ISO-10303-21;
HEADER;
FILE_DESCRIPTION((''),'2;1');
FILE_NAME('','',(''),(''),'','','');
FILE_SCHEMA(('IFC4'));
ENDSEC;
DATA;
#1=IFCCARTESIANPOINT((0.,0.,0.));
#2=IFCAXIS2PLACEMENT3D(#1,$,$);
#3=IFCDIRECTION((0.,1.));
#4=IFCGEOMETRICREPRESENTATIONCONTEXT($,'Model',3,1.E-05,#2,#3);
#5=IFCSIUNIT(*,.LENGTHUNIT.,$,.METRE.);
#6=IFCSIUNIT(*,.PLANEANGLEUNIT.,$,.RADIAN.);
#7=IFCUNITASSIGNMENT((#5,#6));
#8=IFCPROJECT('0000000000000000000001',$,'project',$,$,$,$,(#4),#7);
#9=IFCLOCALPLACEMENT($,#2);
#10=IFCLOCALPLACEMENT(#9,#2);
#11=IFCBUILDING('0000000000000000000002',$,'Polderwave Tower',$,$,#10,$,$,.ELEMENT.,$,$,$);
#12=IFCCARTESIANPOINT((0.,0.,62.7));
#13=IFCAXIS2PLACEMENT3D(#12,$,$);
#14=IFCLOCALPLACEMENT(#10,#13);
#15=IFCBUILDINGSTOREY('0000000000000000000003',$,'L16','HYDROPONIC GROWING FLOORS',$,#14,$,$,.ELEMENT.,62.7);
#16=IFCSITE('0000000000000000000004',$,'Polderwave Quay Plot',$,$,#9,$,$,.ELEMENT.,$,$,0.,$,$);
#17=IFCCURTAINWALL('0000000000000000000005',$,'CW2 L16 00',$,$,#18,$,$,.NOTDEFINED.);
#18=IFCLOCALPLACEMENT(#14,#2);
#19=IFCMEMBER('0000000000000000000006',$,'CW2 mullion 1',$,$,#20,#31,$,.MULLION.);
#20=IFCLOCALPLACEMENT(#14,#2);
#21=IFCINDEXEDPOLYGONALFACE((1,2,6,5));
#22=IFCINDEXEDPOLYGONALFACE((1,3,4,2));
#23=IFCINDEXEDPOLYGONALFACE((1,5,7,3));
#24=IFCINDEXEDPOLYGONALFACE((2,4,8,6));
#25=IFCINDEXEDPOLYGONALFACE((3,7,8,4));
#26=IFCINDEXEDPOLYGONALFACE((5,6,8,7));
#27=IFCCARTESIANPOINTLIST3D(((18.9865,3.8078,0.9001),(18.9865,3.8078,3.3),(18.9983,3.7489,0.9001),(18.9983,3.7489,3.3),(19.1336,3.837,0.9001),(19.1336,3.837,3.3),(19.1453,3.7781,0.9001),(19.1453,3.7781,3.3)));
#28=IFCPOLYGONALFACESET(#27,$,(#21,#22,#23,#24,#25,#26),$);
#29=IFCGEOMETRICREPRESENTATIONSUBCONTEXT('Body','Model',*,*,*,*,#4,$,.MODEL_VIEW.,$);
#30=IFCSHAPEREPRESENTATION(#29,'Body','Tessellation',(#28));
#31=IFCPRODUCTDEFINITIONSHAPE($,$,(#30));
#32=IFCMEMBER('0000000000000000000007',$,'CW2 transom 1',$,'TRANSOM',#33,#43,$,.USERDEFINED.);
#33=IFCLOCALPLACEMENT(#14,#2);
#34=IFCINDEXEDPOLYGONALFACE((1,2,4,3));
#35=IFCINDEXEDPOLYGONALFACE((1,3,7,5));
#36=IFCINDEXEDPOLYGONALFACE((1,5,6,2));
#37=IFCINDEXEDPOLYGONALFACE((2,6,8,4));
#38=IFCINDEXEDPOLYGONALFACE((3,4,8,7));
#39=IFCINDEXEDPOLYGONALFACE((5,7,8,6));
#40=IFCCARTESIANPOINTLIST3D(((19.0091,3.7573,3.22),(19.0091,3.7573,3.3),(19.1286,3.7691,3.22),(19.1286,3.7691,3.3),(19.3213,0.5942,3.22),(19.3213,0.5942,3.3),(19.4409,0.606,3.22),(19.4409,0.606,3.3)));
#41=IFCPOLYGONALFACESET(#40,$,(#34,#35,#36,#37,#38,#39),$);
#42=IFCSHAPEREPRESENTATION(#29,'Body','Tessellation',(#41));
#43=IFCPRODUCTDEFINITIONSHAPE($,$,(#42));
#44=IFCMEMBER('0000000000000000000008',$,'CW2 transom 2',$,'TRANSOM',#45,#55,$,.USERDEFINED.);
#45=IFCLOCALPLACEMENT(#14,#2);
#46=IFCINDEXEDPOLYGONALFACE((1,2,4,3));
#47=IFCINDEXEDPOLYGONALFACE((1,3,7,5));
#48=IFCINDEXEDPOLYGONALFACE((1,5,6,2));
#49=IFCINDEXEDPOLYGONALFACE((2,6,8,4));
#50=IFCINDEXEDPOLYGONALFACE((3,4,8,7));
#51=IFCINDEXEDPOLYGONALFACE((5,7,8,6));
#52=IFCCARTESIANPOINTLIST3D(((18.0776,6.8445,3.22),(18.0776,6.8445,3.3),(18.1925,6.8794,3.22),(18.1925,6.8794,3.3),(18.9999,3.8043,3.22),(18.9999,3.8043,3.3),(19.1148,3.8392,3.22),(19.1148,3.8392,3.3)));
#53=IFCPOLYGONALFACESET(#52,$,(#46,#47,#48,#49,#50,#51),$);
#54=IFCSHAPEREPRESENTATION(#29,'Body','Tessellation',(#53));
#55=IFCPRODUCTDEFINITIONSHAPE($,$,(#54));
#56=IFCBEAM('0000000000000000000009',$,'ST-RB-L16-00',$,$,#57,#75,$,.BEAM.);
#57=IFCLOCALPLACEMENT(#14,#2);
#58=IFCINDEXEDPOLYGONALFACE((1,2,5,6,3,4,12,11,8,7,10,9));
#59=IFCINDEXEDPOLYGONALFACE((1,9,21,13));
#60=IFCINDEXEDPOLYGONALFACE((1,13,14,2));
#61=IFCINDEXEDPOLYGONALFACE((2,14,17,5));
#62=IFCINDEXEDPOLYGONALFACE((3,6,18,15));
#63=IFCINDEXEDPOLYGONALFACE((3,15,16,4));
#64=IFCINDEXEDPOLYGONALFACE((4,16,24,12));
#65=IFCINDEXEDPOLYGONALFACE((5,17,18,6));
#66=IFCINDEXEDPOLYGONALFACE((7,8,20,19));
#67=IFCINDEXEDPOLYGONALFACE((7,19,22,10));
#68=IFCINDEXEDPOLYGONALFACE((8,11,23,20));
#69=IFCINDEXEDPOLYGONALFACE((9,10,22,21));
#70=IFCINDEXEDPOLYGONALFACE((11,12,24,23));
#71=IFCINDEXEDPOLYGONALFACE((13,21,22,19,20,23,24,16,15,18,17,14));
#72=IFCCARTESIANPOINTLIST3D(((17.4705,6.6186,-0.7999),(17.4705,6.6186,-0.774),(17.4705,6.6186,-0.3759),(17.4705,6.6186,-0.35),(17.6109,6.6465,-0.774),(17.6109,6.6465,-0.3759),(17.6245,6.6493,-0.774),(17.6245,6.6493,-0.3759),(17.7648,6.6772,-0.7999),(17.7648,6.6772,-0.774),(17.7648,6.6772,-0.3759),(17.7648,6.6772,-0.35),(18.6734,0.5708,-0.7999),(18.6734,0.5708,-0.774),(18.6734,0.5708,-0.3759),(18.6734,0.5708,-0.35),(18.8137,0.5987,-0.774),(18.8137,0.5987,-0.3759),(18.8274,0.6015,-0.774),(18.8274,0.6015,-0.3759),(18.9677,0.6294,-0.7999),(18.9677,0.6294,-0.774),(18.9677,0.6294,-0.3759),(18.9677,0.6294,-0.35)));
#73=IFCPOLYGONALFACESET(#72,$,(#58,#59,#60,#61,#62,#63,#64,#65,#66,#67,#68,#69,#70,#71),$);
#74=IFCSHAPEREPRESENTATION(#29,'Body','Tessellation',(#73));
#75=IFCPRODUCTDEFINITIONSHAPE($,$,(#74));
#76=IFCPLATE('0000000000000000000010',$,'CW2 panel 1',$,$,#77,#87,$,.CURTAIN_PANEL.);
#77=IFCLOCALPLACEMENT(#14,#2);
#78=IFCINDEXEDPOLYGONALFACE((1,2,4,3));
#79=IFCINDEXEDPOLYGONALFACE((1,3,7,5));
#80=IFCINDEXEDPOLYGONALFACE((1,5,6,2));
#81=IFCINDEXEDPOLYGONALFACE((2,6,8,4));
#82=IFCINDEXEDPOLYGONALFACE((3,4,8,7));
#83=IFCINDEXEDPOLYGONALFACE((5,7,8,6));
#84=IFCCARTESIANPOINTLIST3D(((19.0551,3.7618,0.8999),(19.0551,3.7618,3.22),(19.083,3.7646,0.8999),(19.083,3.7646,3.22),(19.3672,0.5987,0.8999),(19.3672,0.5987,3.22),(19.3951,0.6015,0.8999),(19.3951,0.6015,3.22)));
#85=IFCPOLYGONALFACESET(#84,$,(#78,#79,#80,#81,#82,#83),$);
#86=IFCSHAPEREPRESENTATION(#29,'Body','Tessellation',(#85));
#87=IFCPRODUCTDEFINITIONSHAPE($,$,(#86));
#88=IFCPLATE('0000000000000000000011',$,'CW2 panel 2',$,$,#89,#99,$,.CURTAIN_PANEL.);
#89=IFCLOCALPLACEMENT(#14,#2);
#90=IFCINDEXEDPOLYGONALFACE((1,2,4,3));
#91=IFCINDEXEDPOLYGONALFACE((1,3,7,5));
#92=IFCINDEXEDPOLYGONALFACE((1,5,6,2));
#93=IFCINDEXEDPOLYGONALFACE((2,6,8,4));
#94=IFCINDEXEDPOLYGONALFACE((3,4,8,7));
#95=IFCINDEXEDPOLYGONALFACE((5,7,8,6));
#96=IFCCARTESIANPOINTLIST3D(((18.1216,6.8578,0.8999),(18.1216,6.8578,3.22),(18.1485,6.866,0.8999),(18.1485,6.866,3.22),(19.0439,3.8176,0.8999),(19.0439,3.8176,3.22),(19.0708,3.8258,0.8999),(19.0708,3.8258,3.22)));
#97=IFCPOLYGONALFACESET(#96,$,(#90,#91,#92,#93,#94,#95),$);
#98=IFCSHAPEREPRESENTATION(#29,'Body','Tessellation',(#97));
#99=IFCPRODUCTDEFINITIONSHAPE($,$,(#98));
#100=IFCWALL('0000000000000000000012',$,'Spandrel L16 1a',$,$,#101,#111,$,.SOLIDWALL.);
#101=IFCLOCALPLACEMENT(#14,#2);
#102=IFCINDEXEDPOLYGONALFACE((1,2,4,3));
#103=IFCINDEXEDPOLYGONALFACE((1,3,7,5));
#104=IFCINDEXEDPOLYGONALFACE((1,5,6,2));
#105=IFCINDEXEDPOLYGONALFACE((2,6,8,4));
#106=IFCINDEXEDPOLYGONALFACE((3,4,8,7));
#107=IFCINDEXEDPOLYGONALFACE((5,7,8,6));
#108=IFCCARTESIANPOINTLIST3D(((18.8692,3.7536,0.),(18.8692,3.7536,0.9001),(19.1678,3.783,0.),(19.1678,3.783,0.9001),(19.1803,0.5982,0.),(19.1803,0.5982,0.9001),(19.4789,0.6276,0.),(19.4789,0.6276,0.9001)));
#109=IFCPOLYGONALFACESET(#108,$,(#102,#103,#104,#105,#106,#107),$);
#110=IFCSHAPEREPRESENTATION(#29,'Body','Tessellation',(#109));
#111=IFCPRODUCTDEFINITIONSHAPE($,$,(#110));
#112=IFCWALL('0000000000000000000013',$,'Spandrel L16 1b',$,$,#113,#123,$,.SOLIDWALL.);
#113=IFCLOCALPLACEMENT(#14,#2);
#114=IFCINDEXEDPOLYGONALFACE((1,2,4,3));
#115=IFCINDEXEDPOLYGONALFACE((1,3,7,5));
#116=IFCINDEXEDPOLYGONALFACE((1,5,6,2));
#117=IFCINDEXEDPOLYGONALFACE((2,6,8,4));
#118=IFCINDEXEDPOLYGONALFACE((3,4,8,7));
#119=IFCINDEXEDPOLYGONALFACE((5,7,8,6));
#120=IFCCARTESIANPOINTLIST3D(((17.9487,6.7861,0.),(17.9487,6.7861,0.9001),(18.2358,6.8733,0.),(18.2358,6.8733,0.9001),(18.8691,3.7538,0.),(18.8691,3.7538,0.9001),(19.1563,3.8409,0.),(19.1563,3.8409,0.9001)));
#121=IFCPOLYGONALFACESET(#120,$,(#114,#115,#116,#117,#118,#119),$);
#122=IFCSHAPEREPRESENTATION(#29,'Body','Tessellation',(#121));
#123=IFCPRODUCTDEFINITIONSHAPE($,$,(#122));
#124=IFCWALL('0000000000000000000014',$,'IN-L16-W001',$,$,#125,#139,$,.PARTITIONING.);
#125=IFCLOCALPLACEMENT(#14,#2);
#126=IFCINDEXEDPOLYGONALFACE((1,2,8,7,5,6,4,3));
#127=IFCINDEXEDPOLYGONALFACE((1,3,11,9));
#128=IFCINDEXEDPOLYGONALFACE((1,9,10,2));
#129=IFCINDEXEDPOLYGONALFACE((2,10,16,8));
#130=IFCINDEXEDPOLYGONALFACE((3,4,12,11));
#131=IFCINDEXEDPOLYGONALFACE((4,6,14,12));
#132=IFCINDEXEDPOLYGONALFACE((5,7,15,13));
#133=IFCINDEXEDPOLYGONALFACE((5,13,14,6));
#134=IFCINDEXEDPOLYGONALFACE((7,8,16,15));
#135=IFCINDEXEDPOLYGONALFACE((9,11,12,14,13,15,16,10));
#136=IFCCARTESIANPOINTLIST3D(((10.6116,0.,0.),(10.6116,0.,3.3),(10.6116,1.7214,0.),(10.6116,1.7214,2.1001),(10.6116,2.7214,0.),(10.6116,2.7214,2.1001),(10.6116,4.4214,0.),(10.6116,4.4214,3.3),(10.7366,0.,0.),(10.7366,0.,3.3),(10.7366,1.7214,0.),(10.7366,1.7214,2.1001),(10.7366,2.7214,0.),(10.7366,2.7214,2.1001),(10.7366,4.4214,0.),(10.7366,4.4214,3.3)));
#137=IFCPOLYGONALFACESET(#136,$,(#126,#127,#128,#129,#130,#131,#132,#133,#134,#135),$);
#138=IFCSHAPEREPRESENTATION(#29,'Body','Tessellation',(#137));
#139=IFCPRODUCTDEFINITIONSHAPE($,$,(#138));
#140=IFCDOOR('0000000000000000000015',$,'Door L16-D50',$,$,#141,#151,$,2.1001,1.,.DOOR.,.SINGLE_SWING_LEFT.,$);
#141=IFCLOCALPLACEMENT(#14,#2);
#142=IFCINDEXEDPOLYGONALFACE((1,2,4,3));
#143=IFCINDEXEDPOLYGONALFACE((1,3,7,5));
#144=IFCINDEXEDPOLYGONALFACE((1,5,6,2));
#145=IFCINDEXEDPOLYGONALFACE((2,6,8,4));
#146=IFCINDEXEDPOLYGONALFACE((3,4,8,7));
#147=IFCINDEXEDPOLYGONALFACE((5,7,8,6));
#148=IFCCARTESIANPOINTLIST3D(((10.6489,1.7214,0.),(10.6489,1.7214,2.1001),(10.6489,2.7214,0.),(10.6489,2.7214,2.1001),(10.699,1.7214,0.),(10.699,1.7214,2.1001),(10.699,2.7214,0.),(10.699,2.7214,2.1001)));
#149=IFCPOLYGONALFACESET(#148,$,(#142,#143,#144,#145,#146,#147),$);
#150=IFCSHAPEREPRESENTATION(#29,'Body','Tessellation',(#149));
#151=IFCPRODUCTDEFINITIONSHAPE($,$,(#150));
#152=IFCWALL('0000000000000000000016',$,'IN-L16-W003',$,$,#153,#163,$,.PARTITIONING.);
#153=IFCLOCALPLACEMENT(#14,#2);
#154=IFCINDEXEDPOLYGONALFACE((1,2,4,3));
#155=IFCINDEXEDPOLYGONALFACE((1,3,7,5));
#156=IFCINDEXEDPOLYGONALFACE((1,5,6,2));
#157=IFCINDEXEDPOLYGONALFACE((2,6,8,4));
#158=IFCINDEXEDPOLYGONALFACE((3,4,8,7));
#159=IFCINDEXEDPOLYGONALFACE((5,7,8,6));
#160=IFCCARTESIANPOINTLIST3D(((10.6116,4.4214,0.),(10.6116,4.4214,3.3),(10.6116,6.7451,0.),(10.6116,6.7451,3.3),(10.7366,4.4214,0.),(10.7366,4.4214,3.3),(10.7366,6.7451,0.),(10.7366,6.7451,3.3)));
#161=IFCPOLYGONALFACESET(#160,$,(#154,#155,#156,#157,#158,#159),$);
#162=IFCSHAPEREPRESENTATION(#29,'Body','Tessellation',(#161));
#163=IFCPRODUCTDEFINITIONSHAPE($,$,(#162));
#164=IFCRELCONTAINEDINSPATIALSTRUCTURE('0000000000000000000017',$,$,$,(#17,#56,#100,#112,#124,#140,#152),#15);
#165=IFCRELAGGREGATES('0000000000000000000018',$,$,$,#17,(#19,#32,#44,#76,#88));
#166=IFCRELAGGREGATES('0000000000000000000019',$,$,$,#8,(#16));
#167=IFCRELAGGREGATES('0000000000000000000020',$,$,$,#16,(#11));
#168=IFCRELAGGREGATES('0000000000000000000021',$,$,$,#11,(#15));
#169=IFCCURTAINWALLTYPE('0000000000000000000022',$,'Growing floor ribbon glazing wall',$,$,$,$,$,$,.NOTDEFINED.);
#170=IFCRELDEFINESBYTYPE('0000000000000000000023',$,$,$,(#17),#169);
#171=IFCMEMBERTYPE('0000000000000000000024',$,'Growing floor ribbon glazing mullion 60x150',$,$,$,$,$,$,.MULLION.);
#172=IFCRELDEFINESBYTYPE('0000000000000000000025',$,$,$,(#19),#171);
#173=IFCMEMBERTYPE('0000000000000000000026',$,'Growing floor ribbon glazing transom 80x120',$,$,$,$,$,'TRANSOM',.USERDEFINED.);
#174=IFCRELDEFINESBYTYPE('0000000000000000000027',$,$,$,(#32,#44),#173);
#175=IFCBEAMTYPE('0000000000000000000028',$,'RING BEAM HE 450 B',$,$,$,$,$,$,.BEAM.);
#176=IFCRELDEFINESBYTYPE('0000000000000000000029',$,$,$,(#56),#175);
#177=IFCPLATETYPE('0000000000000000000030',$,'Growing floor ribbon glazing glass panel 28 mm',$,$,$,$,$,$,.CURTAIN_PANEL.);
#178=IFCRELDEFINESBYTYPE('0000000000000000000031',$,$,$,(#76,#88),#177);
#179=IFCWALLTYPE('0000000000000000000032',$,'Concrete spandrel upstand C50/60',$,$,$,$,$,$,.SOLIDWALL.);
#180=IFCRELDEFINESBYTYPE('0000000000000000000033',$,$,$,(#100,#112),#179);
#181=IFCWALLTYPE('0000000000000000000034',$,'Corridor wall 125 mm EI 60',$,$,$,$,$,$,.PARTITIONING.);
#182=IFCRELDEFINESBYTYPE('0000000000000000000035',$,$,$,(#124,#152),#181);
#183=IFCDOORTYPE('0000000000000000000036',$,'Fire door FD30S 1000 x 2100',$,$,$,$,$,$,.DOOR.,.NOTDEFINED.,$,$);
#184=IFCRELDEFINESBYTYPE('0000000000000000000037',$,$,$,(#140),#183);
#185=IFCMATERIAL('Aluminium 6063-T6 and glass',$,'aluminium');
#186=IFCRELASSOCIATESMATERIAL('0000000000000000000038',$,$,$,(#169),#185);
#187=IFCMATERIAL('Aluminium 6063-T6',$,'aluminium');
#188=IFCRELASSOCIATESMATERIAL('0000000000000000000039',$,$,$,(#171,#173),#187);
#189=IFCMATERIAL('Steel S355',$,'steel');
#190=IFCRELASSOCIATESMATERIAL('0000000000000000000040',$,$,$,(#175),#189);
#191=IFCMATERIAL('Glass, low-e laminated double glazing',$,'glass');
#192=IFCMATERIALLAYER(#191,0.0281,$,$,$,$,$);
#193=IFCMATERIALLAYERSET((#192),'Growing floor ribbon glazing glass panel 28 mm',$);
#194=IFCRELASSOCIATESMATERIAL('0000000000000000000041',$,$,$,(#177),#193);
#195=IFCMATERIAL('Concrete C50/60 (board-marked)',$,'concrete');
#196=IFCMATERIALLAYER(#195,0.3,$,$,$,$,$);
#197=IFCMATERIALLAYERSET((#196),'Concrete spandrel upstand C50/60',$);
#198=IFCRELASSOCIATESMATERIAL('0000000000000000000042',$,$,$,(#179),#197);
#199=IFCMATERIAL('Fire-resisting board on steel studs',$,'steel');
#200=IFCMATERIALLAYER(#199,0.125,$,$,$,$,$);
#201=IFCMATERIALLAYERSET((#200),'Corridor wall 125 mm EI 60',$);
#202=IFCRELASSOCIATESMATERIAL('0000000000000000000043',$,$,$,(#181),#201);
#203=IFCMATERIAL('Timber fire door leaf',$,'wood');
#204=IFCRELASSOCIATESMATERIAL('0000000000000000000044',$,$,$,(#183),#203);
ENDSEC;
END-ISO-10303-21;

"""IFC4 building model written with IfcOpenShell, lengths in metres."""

from ifc_helpers import new_model, si_unit, direction, frame, frame_2d, origin, origin_2d, place, context, subcontext, project, spatial, rectangle, i_section, extrude, material, layer, layer_set, material_profile, profile_set, type_object, element, fill, aggregate, save


model = new_model("IFC4")

# Units and contexts
model_context = context("Model", 3, precision=1e-05, world=origin(), true_north=direction((0.0, 1.0)))
body_context = subcontext(model_context, "Body", "Model", "MODEL_VIEW")
ifc_project = project(units=[si_unit("LENGTHUNIT", "METRE"), si_unit("PLANEANGLEUNIT", "RADIAN")], contexts=[model_context])

# Site, building, storey
site_placement = place(None, origin())
site = spatial("IfcSite", under=ifc_project, at=site_placement, Name="Polderwave Quay Plot", CompositionType="ELEMENT", RefElevation=0.0)
building_placement = place(site_placement, origin())
building = spatial("IfcBuilding", under=site, at=building_placement, Name="Polderwave Tower", CompositionType="ELEMENT")
storey_placement = place(building_placement, frame((0.0, 0.0, 62.7)))
storey = spatial("IfcBuildingStorey", under=building, at=storey_placement, Name="L16", Description="HYDROPONIC GROWING FLOORS", CompositionType="ELEMENT", Elevation=62.7)

# Curtain wall, members
ifc_material_1 = material(Name="Aluminium 6063-T6 and glass", Category="aluminium")
curtain_wall_type = type_object("IfcCurtainWallType", Name="Growing floor ribbon glazing wall", PredefinedType="NOTDEFINED", material=ifc_material_1)
curtain_wall_placement = place(storey_placement, origin())
curtain_wall = element("IfcCurtainWall", 1, at=curtain_wall_placement, inside=storey, type_object=curtain_wall_type, Name="CW2 L16 00", PredefinedType="NOTDEFINED")
ifc_material_2 = material(Name="Aluminium 6063-T6", Category="aluminium")
ifc_material_profile_1 = material_profile(ifc_material_2, rectangle(XDim=0.1499, YDim=0.0601, at=origin_2d()), Name="AL 60x150")
ifc_profile_set_1 = profile_set([ifc_material_profile_1], Name="Aluminium 6063-T6")
member_type_1 = type_object("IfcMemberType", Name="Growing floor ribbon glazing mullion 60x150", PredefinedType="MULLION", material=ifc_profile_set_1)
member_1_placement = place(storey_placement, frame((19.0659, 3.793, 0.9001), z_axis=(0.0, 0.0, 1.0), x_axis=(-0.980769, -0.195172, 0.0)))
member_1 = element("IfcMember", 2, at=member_1_placement, type_object=member_type_1, Name="CW2 mullion 1", PredefinedType="MULLION", context=body_context, shape_type="SweptSolid", body=[
    extrude(rectangle(XDim=0.1499, YDim=0.0601, at=origin_2d()), origin(), (0.0, 0.0, 1.0), 2.3999),
])
ifc_material_profile_2 = material_profile(ifc_material_2, rectangle(XDim=0.1201, YDim=0.0801, at=origin_2d()), Name="AL 80x120")
ifc_profile_set_2 = profile_set([ifc_material_profile_2], Name="Aluminium 6063-T6")
member_type_2 = type_object("IfcMemberType", Name="Growing floor ribbon glazing transom 80x120", ElementType="TRANSOM", PredefinedType="USERDEFINED", material=ifc_profile_set_2)
member_2_placement = place(storey_placement, frame((19.3811, 0.6001, 3.26), z_axis=(-0.098241, 0.995163, 0.0), x_axis=(-0.995163, -0.098241, 0.0)))
member_2 = element("IfcMember", 3, at=member_2_placement, type_object=member_type_2, Name="CW2 transom 1", ObjectType="TRANSOM", PredefinedType="USERDEFINED", context=body_context, shape_type="SweptSolid", body=[
    extrude(rectangle(XDim=0.1201, YDim=0.0801, at=origin_2d()), origin(), (0.0, 0.0, 1.0), 3.1785),
])
member_3_placement = place(storey_placement, frame((19.0574, 3.8218, 3.26), z_axis=(-0.290314, 0.956931, 0.0), x_axis=(-0.956931, -0.290314, 0.0)))
member_3 = element("IfcMember", 4, at=member_3_placement, type_object=member_type_2, Name="CW2 transom 2", ObjectType="TRANSOM", PredefinedType="USERDEFINED", context=body_context, shape_type="SweptSolid", body=[
    extrude(rectangle(XDim=0.1201, YDim=0.0801, at=origin_2d()), origin(), (0.0, 0.0, 1.0), 3.177),
])

# Beam
ifc_material_3 = material(Name="Steel S355", Category="steel")
ifc_material_profile_3 = material_profile(ifc_material_3, i_section(OverallWidth=0.3, OverallDepth=0.45, WebThickness=0.0139, FlangeThickness=0.0259, at=origin_2d()), Name="HE 450 B")
ifc_profile_set_3 = profile_set([ifc_material_profile_3], Name="Steel S355")
beam_type = type_object("IfcBeamType", Name="RING BEAM HE 450 B", PredefinedType="BEAM", material=ifc_profile_set_3)
beam_placement = place(storey_placement, frame((18.8206, 0.6001, -0.575), z_axis=(-0.195073, 0.980789, 0.0), x_axis=(-0.980789, -0.195073, 0.0)))
element("IfcBeam", 5, at=beam_placement, inside=storey, type_object=beam_type, Name="ST-RB-L16-00", PredefinedType="BEAM", context=body_context, shape_type="SweptSolid", body=[
    extrude(i_section(OverallWidth=0.3, OverallDepth=0.45, WebThickness=0.0139, FlangeThickness=0.0259, at=origin_2d()), origin(), (0.0, 0.0, 1.0), 6.1663),
])

# Plates
ifc_material_4 = material(Name="Glass, low-e laminated double glazing", Category="glass")
ifc_layer_1 = layer(ifc_material_4, 0.0281)
ifc_layer_set_1 = layer_set([ifc_layer_1], Name="Growing floor ribbon glazing glass panel 28 mm")
plate_type = type_object("IfcPlateType", Name="Growing floor ribbon glazing glass panel 28 mm", PredefinedType="CURTAIN_PANEL", material=ifc_layer_set_1)
plate_1_placement = place(storey_placement, frame((19.2251, 2.1816, 0.8999), z_axis=(0.0, 0.0, 1.0), x_axis=(-0.098177, 0.995169, 0.0)))
plate_1 = element("IfcPlate", 6, at=plate_1_placement, type_object=plate_type, Name="CW2 panel 1", PredefinedType="CURTAIN_PANEL", context=body_context, shape_type="SweptSolid", body=[
    extrude(rectangle(XDim=3.1785, YDim=0.0281, at=origin_2d()), origin(), (0.0, 0.0, 1.0), 2.3201),
])
plate_2_placement = place(storey_placement, frame((18.5962, 5.3418, 0.8999), z_axis=(0.0, 0.0, 1.0), x_axis=(-0.290293, 0.956938, 0.0)))
plate_2 = element("IfcPlate", 7, at=plate_2_placement, type_object=plate_type, Name="CW2 panel 2", PredefinedType="CURTAIN_PANEL", context=body_context, shape_type="SweptSolid", body=[
    extrude(rectangle(XDim=3.177, YDim=0.0281, at=origin_2d()), origin(), (0.0, 0.0, 1.0), 2.3201),
])
aggregate(curtain_wall, [member_1, member_2, member_3, plate_1, plate_2])

# Walls
ifc_material_5 = material(Name="Concrete C50/60 (board-marked)", Category="concrete")
ifc_layer_2 = layer(ifc_material_5, 0.3)
ifc_layer_set_2 = layer_set([ifc_layer_2], Name="Concrete spandrel upstand C50/60")
wall_type_1 = type_object("IfcWallType", Name="Concrete spandrel upstand C50/60", PredefinedType="SOLIDWALL", material=ifc_layer_set_2)
wall_1_placement = place(storey_placement, frame((19.3296, 0.6128, 0.0), z_axis=(0.0, 0.0, 1.0), x_axis=(-0.098101, 0.995176, 0.0)))
element("IfcWall", 8, at=wall_1_placement, inside=storey, type_object=wall_type_1, Name="Spandrel L16 1a", PredefinedType="SOLIDWALL", context=body_context, shape_type="SweptSolid", body=[
    extrude(rectangle(XDim=3.1707, YDim=0.3, at=frame_2d((1.5854, 0.0))), origin(), (0.0, 0.0, 1.0), 0.9001),
])
wall_2_placement = place(storey_placement, frame((19.0127, 3.7974, 0.0), z_axis=(0.0, 0.0, 1.0), x_axis=(-0.290456, 0.956888, 0.0)))
element("IfcWall", 9, at=wall_2_placement, inside=storey, type_object=wall_type_1, Name="Spandrel L16 1b", PredefinedType="SOLIDWALL", context=body_context, shape_type="SweptSolid", body=[
    extrude(rectangle(XDim=3.1689, YDim=0.3, at=frame_2d((1.5845, 0.0))), origin(), (0.0, 0.0, 1.0), 0.9001),
])

# Wall, opening, door
ifc_material_6 = material(Name="Fire-resisting board on steel studs", Category="steel")
ifc_layer_3 = layer(ifc_material_6, 0.125)
ifc_layer_set_3 = layer_set([ifc_layer_3], Name="Corridor wall 125 mm EI 60")
wall_type_2 = type_object("IfcWallType", Name="Corridor wall 125 mm EI 60", PredefinedType="PARTITIONING", material=ifc_layer_set_3)
wall_3_placement = place(storey_placement, frame((10.6741, 4.4214, 0.0), z_axis=(0.0, 0.0, 1.0), x_axis=(0.0, -1.0, 0.0)))
wall_3 = element("IfcWall", 10, at=wall_3_placement, inside=storey, type_object=wall_type_2, Name="IN-L16-W001", PredefinedType="PARTITIONING", context=body_context, shape_type="SweptSolid", body=[
    extrude(rectangle(XDim=4.4214, YDim=0.125, at=frame_2d((2.2107, 0.0))), origin(), (0.0, 0.0, 1.0), 3.3),
])
opening_1_placement = place(wall_3_placement, frame((1.7, 0.0, 0.0)))
opening_1 = element("IfcOpeningElement", 11, at=opening_1_placement, cuts=wall_3, PredefinedType="OPENING", context=body_context, shape_type="SweptSolid", body=[
    extrude(rectangle(XDim=1.0, YDim=2.1001, at=frame_2d((0.5, 1.05))), frame((0.0, 0.0725, 0.0), z_axis=(0.0, -1.0, 0.0), x_axis=(1.0, 0.0, 0.0)), (0.0, 0.0, 1.0), 0.145),
])
ifc_material_7 = material(Name="Timber fire door leaf", Category="wood")
door_type_1 = type_object("IfcDoorType", Name="Fire door FD30S 1000 x 2100", OperationType="NOTDEFINED", PredefinedType="DOOR", material=ifc_material_7)
door_1_placement = place(opening_1_placement, origin())
door_1 = element("IfcDoor", 12, at=door_1_placement, inside=storey, type_object=door_type_1, Name="Door L16-D50", OperationType="SINGLE_SWING_LEFT", OverallHeight=2.1001, OverallWidth=1.0, PredefinedType="DOOR", context=body_context, shape_type="SweptSolid", body=[
    extrude(rectangle(XDim=1.0, YDim=2.1001, at=frame_2d((0.5, 1.05))), frame((0.0, 0.0249, 0.0), z_axis=(0.0, -1.0, 0.0), x_axis=(1.0, 0.0, 0.0)), (0.0, 0.0, 1.0), 0.05),
])
fill(opening_1, door_1)

# Wall
wall_4_placement = place(storey_placement, frame((10.6741, 6.7451, 0.0), z_axis=(0.0, 0.0, 1.0), x_axis=(0.0, -1.0, 0.0)))
element("IfcWall", 13, at=wall_4_placement, inside=storey, type_object=wall_type_2, Name="IN-L16-W003", PredefinedType="PARTITIONING", context=body_context, shape_type="SweptSolid", body=[
    extrude(rectangle(XDim=2.3237, YDim=0.125, at=frame_2d((1.1619, 0.0))), origin(), (0.0, 0.0, 1.0), 3.3),
])

save(model, "model.ifc")
